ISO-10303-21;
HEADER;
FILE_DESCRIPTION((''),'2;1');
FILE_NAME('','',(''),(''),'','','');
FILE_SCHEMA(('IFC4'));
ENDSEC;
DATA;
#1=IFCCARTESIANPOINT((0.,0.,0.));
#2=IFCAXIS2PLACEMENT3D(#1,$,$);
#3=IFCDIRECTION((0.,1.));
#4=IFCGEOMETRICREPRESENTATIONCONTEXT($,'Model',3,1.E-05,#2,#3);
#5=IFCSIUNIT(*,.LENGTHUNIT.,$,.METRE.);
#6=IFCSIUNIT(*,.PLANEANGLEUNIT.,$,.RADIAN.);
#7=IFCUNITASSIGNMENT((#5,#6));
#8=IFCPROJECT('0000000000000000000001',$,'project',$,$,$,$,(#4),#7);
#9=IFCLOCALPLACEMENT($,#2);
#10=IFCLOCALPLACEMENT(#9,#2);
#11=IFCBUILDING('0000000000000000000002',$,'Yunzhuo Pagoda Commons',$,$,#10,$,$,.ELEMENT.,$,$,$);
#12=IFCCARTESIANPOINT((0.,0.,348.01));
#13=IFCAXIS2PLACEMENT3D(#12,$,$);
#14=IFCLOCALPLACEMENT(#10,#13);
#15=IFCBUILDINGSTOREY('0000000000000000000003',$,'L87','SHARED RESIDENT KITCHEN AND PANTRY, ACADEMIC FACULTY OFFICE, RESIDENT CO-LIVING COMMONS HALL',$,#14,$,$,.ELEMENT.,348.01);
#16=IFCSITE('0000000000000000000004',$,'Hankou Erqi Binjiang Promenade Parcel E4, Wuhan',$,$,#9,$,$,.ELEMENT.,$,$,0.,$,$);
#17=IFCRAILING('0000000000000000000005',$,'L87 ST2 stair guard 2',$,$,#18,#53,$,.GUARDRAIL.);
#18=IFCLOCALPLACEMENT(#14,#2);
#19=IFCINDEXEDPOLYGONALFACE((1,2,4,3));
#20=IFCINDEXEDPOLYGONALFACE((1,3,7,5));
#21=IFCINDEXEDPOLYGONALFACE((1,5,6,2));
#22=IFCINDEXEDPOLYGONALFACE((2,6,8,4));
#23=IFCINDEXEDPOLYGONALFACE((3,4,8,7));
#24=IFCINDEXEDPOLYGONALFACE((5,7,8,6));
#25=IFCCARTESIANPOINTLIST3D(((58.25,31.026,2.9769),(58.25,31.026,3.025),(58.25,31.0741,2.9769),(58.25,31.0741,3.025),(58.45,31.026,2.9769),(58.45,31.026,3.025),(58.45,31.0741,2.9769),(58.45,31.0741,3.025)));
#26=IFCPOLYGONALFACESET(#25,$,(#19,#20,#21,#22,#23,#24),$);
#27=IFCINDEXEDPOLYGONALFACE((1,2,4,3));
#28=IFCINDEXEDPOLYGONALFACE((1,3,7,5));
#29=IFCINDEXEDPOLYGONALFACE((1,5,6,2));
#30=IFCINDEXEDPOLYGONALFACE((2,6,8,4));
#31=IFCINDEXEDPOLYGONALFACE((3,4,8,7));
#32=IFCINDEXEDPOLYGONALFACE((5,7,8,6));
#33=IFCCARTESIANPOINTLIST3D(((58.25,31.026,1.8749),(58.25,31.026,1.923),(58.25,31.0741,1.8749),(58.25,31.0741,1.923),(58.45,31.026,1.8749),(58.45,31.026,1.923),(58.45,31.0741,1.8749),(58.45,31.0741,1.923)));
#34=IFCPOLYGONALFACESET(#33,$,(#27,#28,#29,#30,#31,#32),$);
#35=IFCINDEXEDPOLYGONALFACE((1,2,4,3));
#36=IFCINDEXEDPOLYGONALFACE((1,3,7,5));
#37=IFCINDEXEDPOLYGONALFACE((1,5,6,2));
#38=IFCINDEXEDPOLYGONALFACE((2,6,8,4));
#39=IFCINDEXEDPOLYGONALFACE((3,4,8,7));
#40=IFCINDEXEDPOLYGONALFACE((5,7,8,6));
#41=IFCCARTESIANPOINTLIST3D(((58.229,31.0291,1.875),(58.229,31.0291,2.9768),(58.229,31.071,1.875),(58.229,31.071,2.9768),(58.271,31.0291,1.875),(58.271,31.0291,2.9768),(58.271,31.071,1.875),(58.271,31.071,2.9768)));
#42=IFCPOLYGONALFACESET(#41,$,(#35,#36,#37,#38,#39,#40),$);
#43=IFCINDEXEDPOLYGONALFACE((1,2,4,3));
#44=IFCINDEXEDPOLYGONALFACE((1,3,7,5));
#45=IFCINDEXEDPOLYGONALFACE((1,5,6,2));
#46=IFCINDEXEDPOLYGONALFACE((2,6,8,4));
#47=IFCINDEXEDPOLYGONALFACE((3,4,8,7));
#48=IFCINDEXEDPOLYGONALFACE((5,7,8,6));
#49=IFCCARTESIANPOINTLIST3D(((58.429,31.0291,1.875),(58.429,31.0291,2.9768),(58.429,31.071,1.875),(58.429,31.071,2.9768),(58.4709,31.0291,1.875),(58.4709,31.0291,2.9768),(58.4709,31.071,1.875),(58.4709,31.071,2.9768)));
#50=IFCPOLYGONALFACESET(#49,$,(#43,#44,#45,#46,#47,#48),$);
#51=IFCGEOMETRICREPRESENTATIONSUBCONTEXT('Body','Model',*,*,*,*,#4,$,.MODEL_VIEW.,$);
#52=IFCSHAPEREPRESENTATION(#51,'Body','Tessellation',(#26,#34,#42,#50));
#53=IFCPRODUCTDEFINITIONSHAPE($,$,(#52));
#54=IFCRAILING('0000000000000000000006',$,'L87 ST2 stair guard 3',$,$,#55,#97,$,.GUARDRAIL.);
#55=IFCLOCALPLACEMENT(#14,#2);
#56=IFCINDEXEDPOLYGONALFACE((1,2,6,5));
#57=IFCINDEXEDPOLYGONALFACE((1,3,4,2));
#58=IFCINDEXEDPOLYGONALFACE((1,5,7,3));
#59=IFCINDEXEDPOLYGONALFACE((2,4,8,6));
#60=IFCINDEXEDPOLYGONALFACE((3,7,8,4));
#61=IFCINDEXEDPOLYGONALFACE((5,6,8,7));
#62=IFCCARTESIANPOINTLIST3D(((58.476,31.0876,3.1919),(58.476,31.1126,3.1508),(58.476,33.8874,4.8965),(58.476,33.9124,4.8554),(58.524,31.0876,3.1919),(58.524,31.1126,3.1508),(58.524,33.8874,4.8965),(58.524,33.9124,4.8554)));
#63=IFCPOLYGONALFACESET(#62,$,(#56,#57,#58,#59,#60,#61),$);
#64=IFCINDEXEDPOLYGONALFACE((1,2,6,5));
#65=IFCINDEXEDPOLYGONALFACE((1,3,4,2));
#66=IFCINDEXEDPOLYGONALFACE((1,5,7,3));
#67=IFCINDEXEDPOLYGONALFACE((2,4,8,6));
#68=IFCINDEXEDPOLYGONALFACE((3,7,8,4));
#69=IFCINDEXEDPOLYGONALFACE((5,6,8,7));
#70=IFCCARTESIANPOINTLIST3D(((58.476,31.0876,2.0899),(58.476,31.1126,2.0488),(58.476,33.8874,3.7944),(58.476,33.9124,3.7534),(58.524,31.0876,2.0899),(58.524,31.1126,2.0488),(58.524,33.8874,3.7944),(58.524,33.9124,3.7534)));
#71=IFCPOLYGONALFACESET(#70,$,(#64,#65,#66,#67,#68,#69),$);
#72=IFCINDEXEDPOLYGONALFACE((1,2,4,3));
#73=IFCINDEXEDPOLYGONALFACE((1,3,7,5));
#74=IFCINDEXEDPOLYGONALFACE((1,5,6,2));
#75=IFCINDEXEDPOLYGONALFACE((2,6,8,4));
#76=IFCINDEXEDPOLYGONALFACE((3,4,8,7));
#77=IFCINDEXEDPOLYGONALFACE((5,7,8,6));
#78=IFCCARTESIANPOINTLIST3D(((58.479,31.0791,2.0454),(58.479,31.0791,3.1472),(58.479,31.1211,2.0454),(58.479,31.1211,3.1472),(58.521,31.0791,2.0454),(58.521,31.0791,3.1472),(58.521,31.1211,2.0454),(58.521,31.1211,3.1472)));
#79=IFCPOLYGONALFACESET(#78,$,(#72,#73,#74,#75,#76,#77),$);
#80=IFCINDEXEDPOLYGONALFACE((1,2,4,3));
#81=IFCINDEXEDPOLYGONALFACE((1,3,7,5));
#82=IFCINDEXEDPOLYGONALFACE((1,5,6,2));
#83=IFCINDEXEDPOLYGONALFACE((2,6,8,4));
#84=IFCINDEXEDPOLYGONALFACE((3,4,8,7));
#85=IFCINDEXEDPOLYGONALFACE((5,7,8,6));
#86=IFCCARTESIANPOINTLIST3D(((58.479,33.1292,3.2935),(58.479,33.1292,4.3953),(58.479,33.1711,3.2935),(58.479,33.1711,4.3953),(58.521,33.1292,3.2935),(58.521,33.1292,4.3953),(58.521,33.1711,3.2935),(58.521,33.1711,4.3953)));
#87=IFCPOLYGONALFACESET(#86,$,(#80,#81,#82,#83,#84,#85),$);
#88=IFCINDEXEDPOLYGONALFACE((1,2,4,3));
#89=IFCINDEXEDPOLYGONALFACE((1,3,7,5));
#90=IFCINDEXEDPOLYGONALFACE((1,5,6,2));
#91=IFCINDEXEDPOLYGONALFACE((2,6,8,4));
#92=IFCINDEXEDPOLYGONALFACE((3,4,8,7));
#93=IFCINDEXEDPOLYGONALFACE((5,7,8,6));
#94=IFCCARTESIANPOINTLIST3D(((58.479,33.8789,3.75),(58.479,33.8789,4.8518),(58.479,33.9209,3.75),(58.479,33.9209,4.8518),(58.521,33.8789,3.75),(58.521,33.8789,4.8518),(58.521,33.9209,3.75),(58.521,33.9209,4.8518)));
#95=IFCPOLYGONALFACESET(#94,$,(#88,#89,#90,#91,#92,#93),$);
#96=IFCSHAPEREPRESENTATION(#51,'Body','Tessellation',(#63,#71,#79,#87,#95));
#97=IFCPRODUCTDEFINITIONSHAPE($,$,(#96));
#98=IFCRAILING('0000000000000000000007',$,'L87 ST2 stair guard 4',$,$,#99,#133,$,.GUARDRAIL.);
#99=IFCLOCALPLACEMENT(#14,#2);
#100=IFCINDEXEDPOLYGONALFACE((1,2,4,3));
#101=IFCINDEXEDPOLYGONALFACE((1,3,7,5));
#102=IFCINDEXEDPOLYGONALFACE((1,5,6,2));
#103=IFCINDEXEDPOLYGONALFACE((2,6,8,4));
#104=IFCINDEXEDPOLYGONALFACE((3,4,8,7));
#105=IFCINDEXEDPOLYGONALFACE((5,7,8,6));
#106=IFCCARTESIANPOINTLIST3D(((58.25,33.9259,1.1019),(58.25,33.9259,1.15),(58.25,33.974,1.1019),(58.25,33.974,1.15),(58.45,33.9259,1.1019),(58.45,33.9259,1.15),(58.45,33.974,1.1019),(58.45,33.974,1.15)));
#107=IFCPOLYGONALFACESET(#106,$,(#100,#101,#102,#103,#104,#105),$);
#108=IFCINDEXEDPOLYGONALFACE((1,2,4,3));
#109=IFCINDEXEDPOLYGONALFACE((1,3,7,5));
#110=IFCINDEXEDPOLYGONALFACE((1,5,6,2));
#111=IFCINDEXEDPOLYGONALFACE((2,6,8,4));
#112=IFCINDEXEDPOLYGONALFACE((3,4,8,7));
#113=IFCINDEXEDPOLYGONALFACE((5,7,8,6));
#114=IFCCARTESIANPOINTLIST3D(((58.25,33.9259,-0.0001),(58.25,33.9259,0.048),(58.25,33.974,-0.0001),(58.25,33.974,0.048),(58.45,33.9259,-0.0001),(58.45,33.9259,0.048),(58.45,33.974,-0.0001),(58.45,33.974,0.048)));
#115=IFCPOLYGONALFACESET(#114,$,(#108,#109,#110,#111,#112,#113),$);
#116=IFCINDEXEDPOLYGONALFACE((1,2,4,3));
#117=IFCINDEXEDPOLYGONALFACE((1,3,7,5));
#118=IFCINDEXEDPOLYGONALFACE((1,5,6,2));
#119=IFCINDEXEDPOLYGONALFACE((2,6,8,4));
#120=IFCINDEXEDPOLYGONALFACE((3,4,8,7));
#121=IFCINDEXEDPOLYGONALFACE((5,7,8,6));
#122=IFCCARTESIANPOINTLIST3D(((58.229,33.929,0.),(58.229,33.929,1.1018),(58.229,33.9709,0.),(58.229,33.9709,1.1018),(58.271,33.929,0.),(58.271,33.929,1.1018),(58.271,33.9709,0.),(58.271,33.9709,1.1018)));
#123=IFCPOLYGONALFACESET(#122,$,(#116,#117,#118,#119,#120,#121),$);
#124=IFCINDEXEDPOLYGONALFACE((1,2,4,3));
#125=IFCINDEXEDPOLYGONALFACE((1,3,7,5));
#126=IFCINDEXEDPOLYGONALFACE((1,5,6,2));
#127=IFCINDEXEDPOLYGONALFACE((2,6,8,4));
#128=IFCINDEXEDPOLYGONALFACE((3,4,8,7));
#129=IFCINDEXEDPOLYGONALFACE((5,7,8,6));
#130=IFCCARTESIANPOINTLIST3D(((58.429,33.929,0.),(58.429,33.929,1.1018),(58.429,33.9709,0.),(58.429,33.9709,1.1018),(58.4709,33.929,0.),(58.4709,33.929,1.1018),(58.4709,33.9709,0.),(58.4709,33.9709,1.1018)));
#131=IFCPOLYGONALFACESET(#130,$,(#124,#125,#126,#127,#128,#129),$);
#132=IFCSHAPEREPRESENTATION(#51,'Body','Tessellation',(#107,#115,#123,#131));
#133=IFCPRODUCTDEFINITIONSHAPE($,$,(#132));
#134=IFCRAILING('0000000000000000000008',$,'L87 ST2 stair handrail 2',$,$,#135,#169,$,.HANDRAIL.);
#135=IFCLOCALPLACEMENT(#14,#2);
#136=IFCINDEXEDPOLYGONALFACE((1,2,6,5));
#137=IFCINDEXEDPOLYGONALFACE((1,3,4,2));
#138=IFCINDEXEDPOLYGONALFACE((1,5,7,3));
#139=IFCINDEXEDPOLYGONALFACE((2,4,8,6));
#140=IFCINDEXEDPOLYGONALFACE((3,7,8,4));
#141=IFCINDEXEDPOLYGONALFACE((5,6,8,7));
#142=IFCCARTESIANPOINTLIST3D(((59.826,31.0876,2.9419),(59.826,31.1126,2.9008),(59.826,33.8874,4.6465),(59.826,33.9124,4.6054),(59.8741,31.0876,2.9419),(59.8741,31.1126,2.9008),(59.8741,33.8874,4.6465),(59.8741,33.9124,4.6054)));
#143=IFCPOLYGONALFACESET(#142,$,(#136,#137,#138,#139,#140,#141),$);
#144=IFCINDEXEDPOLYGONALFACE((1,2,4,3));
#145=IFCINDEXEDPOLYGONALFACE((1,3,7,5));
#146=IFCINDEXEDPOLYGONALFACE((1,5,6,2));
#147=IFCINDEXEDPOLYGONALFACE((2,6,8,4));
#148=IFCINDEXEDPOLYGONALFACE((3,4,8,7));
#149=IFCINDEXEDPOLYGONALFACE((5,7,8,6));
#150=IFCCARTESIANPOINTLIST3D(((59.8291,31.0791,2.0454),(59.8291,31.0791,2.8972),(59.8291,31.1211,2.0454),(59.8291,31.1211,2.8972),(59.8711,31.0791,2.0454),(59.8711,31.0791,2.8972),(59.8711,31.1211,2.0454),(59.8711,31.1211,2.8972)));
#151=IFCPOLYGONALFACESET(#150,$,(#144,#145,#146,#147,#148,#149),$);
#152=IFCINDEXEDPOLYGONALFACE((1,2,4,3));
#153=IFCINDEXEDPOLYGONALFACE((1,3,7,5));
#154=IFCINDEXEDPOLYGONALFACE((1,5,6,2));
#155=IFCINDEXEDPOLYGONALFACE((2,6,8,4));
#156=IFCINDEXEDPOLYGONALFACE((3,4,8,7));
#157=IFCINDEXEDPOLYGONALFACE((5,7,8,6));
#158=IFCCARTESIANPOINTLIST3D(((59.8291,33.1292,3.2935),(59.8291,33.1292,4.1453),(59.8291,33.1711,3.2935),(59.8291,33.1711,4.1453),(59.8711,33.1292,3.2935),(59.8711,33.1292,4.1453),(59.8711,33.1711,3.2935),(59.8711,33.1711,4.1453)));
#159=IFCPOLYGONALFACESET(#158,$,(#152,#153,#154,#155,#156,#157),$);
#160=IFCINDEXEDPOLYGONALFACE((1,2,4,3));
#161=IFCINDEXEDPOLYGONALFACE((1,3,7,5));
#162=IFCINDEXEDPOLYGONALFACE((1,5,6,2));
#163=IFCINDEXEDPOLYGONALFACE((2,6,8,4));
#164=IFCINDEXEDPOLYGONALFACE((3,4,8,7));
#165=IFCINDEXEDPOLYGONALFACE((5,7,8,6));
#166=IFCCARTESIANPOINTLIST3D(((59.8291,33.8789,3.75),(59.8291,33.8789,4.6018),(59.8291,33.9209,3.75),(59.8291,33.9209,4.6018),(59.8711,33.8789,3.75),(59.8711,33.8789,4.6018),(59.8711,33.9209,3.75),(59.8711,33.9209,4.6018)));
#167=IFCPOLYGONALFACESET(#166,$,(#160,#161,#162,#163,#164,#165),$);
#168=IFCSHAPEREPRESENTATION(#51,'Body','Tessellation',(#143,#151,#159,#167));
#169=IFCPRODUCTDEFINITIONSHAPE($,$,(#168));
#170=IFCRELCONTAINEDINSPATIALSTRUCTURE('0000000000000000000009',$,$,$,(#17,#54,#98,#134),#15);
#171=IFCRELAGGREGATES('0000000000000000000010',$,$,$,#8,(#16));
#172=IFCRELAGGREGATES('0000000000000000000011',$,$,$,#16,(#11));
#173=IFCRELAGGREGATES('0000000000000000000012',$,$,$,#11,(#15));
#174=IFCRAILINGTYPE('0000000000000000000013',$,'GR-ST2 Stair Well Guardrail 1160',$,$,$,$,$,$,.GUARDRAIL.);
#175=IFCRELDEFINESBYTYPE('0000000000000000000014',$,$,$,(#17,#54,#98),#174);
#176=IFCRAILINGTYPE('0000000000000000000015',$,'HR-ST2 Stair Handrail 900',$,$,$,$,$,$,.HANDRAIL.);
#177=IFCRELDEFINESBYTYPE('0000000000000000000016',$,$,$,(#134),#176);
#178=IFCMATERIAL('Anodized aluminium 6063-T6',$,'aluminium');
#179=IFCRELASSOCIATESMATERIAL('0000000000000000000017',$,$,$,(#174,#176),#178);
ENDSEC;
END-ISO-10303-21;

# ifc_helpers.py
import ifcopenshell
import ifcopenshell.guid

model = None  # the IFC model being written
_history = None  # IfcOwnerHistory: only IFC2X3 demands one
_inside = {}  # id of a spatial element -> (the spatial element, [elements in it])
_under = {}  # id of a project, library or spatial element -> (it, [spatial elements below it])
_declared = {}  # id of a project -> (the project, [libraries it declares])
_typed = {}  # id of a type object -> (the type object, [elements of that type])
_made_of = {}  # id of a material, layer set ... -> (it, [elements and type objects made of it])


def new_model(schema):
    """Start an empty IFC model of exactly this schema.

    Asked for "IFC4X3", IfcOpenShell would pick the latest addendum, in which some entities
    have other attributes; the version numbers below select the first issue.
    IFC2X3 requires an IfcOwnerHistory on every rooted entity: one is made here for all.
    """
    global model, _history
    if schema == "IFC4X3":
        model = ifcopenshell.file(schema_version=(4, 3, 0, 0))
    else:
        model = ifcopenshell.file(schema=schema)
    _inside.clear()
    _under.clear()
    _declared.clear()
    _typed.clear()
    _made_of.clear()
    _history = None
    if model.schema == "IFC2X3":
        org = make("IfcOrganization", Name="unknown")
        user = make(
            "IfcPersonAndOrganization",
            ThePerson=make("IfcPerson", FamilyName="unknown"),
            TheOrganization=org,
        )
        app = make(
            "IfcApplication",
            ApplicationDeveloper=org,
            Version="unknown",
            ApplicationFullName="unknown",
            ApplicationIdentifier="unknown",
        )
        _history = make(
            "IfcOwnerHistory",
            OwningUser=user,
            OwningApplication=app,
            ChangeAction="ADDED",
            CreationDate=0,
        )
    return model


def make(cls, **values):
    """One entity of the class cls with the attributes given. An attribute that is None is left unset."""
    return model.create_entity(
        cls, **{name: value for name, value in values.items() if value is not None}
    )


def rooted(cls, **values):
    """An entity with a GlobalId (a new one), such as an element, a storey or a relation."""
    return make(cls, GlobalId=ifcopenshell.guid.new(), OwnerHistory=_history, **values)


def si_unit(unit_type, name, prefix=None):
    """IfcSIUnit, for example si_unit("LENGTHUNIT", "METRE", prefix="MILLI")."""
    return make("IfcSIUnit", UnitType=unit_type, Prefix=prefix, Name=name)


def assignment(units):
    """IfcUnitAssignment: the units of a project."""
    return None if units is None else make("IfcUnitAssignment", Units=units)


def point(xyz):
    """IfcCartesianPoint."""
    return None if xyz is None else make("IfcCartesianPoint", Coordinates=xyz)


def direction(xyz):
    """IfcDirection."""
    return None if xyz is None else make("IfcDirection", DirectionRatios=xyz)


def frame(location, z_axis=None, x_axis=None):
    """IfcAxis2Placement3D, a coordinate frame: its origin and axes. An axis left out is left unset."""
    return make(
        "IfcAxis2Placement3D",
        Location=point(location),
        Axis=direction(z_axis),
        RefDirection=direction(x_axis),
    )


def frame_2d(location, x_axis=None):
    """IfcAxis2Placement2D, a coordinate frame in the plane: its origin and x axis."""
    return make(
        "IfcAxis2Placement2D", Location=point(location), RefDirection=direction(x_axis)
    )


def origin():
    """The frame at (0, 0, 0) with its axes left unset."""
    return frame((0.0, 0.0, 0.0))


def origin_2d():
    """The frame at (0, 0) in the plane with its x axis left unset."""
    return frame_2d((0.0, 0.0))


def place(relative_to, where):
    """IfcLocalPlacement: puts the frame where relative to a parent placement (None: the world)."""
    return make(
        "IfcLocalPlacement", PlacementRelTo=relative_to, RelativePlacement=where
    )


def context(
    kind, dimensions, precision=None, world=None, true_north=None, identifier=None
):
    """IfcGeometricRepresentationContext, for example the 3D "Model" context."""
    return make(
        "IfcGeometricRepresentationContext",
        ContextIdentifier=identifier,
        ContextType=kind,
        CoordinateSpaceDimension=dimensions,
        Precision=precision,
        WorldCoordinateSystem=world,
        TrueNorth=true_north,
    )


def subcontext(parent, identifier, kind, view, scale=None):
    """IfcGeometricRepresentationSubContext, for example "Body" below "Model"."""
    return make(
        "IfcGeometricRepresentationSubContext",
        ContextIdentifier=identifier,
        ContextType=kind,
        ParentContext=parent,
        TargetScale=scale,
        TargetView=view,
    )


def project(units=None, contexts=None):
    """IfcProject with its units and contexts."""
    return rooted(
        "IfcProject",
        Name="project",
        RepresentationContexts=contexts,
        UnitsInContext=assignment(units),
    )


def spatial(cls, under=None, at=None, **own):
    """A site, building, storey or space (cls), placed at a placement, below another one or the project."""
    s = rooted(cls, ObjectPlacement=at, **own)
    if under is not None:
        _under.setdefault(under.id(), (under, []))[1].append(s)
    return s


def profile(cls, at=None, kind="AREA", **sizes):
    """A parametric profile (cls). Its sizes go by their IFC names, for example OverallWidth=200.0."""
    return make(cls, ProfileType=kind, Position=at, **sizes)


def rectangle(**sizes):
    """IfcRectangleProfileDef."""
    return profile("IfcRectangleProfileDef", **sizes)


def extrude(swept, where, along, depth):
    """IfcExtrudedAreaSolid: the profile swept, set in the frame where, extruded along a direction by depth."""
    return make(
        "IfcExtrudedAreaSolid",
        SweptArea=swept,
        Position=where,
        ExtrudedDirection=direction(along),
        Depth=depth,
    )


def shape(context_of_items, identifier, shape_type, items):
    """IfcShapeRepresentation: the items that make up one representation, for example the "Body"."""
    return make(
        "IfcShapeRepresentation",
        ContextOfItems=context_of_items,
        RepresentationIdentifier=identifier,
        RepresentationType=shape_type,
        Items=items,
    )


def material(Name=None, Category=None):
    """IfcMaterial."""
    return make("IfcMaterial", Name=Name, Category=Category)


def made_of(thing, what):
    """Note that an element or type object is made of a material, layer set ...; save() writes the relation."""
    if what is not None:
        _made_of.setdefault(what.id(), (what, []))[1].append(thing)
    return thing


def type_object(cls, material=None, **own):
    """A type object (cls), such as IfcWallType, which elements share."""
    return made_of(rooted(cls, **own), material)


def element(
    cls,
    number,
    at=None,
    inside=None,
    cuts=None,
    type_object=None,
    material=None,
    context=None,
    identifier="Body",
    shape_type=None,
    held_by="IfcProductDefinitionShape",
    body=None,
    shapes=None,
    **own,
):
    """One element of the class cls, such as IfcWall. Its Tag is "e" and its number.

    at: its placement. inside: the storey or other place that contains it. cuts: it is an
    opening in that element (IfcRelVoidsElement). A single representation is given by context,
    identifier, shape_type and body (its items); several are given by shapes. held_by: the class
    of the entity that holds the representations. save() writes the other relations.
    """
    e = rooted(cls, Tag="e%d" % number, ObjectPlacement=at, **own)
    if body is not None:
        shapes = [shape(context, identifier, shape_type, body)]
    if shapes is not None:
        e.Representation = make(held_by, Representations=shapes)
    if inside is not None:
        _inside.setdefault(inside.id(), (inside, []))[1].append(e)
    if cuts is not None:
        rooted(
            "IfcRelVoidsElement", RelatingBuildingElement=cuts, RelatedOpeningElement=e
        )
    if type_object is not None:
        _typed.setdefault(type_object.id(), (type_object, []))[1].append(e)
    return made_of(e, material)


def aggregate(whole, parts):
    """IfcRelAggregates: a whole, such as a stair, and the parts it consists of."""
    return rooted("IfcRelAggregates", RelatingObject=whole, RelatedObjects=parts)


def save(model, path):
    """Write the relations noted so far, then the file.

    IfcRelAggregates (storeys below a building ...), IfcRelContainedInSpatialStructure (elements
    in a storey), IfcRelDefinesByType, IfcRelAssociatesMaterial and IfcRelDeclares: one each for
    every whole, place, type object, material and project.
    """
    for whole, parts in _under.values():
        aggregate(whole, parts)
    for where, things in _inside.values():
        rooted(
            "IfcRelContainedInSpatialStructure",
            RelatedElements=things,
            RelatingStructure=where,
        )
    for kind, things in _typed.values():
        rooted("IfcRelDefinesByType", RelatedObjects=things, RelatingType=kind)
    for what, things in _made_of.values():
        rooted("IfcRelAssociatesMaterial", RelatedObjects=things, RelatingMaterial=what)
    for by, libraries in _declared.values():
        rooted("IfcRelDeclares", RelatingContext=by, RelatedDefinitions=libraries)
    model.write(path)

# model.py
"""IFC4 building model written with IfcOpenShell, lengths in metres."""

from ifc_helpers import new_model, si_unit, direction, frame, origin, origin_2d, place, context, subcontext, project, spatial, rectangle, extrude, material, type_object, element, save


model = new_model("IFC4")

# Units and contexts
model_context = context("Model", 3, precision=1e-05, world=origin(), true_north=direction((0.0, 1.0)))
body_context = subcontext(model_context, "Body", "Model", "MODEL_VIEW")
ifc_project = project(units=[si_unit("LENGTHUNIT", "METRE"), si_unit("PLANEANGLEUNIT", "RADIAN")], contexts=[model_context])

# Site, building, storey
site_placement = place(None, origin())
site = spatial("IfcSite", under=ifc_project, at=site_placement, Name="Hankou Erqi Binjiang Promenade Parcel E4, Wuhan", CompositionType="ELEMENT", RefElevation=0.0)
building_placement = place(site_placement, origin())
building = spatial("IfcBuilding", under=site, at=building_placement, Name="Yunzhuo Pagoda Commons", CompositionType="ELEMENT")
storey_placement = place(building_placement, frame((0.0, 0.0, 348.01)))
storey = spatial("IfcBuildingStorey", under=building, at=storey_placement, Name="L87", Description="SHARED RESIDENT KITCHEN AND PANTRY, ACADEMIC FACULTY OFFICE, RESIDENT CO-LIVING COMMONS HALL", CompositionType="ELEMENT", Elevation=348.01)

# Shared definitions
ifc_material_1 = material(Name="Anodized aluminium 6063-T6", Category="aluminium")

# Railings
railing_type_1 = type_object("IfcRailingType", Name="GR-ST2 Stair Well Guardrail 1160", PredefinedType="GUARDRAIL", material=ifc_material_1)
railing_1_placement = place(storey_placement, frame((58.25, 31.05, 1.875)))
element("IfcRailing", 1, at=railing_1_placement, inside=storey, type_object=railing_type_1, Name="L87 ST2 stair guard 2", PredefinedType="GUARDRAIL", context=body_context, shape_type="SweptSolid", body=[
    extrude(rectangle(XDim=0.0481, YDim=0.0481, at=origin_2d()), frame((0.0, 0.0, 1.126), z_axis=(1.0, 0.0, 0.0), x_axis=(0.0, 1.0, 0.0)), (0.0, 0.0, 1.0), 0.2),
    extrude(rectangle(XDim=0.0481, YDim=0.0481, at=origin_2d()), frame((0.0, 0.0, 0.0239), z_axis=(1.0, 0.0, 0.0), x_axis=(0.0, 1.0, 0.0)), (0.0, 0.0, 1.0), 0.2),
    extrude(rectangle(XDim=0.042, YDim=0.042, at=origin_2d()), origin(), (0.0, 0.0, 1.0), 1.1018),
    extrude(rectangle(XDim=0.042, YDim=0.042, at=origin_2d()), frame((0.2, 0.0, 0.0)), (0.0, 0.0, 1.0), 1.1018),
])
railing_2_placement = place(storey_placement, frame((58.5, 31.1001, 2.0454)))
element("IfcRailing", 2, at=railing_2_placement, inside=storey, type_object=railing_type_1, Name="L87 ST2 stair guard 3", PredefinedType="GUARDRAIL", context=body_context, shape_type="SweptSolid", body=[
    extrude(rectangle(XDim=0.0481, YDim=0.0481, at=origin_2d()), frame((0.0, 0.0, 1.126), z_axis=(0.0, 0.85415, 0.520027), x_axis=(-1.0, 0.0, 0.0)), (0.0, 0.0, 1.0), 3.2778),
    extrude(rectangle(XDim=0.0481, YDim=0.0481, at=origin_2d()), frame((0.0, 0.0, 0.0239), z_axis=(0.0, 0.85415, 0.520027), x_axis=(-1.0, 0.0, 0.0)), (0.0, 0.0, 1.0), 3.2778),
    extrude(rectangle(XDim=0.042, YDim=0.042, at=origin_2d()), origin(), (0.0, 0.0, 1.0), 1.1018),
    extrude(rectangle(XDim=0.042, YDim=0.042, at=origin_2d()), frame((0.0, 2.05, 1.248)), (0.0, 0.0, 1.0), 1.1018),
    extrude(rectangle(XDim=0.042, YDim=0.042, at=origin_2d()), frame((0.0, 2.7998, 1.7046)), (0.0, 0.0, 1.0), 1.1018),
])
railing_3_placement = place(storey_placement, frame((58.25, 33.95, 0.0)))
element("IfcRailing", 3, at=railing_3_placement, inside=storey, type_object=railing_type_1, Name="L87 ST2 stair guard 4", PredefinedType="GUARDRAIL", context=body_context, shape_type="SweptSolid", body=[
    extrude(rectangle(XDim=0.0481, YDim=0.0481, at=origin_2d()), frame((0.0, 0.0, 1.126), z_axis=(1.0, 0.0, 0.0), x_axis=(0.0, 1.0, 0.0)), (0.0, 0.0, 1.0), 0.2),
    extrude(rectangle(XDim=0.0481, YDim=0.0481, at=origin_2d()), frame((0.0, 0.0, 0.0239), z_axis=(1.0, 0.0, 0.0), x_axis=(0.0, 1.0, 0.0)), (0.0, 0.0, 1.0), 0.2),
    extrude(rectangle(XDim=0.042, YDim=0.042, at=origin_2d()), origin(), (0.0, 0.0, 1.0), 1.1018),
    extrude(rectangle(XDim=0.042, YDim=0.042, at=origin_2d()), frame((0.2, 0.0, 0.0)), (0.0, 0.0, 1.0), 1.1018),
])
railing_type_2 = type_object("IfcRailingType", Name="HR-ST2 Stair Handrail 900", PredefinedType="HANDRAIL", material=ifc_material_1)
railing_4_placement = place(storey_placement, frame((59.8501, 31.1001, 2.0454)))
element("IfcRailing", 4, at=railing_4_placement, inside=storey, type_object=railing_type_2, Name="L87 ST2 stair handrail 2", PredefinedType="HANDRAIL", context=body_context, shape_type="SweptSolid", body=[
    extrude(rectangle(XDim=0.0481, YDim=0.0481, at=origin_2d()), frame((0.0, 0.0, 0.876), z_axis=(0.0, 0.85415, 0.520027), x_axis=(-1.0, 0.0, 0.0)), (0.0, 0.0, 1.0), 3.2778),
    extrude(rectangle(XDim=0.042, YDim=0.042, at=origin_2d()), origin(), (0.0, 0.0, 1.0), 0.8518),
    extrude(rectangle(XDim=0.042, YDim=0.042, at=origin_2d()), frame((0.0, 2.05, 1.248)), (0.0, 0.0, 1.0), 0.8518),
    extrude(rectangle(XDim=0.042, YDim=0.042, at=origin_2d()), frame((0.0, 2.7998, 1.7046)), (0.0, 0.0, 1.0), 0.8518),
])

save(model, "model.ifc")
